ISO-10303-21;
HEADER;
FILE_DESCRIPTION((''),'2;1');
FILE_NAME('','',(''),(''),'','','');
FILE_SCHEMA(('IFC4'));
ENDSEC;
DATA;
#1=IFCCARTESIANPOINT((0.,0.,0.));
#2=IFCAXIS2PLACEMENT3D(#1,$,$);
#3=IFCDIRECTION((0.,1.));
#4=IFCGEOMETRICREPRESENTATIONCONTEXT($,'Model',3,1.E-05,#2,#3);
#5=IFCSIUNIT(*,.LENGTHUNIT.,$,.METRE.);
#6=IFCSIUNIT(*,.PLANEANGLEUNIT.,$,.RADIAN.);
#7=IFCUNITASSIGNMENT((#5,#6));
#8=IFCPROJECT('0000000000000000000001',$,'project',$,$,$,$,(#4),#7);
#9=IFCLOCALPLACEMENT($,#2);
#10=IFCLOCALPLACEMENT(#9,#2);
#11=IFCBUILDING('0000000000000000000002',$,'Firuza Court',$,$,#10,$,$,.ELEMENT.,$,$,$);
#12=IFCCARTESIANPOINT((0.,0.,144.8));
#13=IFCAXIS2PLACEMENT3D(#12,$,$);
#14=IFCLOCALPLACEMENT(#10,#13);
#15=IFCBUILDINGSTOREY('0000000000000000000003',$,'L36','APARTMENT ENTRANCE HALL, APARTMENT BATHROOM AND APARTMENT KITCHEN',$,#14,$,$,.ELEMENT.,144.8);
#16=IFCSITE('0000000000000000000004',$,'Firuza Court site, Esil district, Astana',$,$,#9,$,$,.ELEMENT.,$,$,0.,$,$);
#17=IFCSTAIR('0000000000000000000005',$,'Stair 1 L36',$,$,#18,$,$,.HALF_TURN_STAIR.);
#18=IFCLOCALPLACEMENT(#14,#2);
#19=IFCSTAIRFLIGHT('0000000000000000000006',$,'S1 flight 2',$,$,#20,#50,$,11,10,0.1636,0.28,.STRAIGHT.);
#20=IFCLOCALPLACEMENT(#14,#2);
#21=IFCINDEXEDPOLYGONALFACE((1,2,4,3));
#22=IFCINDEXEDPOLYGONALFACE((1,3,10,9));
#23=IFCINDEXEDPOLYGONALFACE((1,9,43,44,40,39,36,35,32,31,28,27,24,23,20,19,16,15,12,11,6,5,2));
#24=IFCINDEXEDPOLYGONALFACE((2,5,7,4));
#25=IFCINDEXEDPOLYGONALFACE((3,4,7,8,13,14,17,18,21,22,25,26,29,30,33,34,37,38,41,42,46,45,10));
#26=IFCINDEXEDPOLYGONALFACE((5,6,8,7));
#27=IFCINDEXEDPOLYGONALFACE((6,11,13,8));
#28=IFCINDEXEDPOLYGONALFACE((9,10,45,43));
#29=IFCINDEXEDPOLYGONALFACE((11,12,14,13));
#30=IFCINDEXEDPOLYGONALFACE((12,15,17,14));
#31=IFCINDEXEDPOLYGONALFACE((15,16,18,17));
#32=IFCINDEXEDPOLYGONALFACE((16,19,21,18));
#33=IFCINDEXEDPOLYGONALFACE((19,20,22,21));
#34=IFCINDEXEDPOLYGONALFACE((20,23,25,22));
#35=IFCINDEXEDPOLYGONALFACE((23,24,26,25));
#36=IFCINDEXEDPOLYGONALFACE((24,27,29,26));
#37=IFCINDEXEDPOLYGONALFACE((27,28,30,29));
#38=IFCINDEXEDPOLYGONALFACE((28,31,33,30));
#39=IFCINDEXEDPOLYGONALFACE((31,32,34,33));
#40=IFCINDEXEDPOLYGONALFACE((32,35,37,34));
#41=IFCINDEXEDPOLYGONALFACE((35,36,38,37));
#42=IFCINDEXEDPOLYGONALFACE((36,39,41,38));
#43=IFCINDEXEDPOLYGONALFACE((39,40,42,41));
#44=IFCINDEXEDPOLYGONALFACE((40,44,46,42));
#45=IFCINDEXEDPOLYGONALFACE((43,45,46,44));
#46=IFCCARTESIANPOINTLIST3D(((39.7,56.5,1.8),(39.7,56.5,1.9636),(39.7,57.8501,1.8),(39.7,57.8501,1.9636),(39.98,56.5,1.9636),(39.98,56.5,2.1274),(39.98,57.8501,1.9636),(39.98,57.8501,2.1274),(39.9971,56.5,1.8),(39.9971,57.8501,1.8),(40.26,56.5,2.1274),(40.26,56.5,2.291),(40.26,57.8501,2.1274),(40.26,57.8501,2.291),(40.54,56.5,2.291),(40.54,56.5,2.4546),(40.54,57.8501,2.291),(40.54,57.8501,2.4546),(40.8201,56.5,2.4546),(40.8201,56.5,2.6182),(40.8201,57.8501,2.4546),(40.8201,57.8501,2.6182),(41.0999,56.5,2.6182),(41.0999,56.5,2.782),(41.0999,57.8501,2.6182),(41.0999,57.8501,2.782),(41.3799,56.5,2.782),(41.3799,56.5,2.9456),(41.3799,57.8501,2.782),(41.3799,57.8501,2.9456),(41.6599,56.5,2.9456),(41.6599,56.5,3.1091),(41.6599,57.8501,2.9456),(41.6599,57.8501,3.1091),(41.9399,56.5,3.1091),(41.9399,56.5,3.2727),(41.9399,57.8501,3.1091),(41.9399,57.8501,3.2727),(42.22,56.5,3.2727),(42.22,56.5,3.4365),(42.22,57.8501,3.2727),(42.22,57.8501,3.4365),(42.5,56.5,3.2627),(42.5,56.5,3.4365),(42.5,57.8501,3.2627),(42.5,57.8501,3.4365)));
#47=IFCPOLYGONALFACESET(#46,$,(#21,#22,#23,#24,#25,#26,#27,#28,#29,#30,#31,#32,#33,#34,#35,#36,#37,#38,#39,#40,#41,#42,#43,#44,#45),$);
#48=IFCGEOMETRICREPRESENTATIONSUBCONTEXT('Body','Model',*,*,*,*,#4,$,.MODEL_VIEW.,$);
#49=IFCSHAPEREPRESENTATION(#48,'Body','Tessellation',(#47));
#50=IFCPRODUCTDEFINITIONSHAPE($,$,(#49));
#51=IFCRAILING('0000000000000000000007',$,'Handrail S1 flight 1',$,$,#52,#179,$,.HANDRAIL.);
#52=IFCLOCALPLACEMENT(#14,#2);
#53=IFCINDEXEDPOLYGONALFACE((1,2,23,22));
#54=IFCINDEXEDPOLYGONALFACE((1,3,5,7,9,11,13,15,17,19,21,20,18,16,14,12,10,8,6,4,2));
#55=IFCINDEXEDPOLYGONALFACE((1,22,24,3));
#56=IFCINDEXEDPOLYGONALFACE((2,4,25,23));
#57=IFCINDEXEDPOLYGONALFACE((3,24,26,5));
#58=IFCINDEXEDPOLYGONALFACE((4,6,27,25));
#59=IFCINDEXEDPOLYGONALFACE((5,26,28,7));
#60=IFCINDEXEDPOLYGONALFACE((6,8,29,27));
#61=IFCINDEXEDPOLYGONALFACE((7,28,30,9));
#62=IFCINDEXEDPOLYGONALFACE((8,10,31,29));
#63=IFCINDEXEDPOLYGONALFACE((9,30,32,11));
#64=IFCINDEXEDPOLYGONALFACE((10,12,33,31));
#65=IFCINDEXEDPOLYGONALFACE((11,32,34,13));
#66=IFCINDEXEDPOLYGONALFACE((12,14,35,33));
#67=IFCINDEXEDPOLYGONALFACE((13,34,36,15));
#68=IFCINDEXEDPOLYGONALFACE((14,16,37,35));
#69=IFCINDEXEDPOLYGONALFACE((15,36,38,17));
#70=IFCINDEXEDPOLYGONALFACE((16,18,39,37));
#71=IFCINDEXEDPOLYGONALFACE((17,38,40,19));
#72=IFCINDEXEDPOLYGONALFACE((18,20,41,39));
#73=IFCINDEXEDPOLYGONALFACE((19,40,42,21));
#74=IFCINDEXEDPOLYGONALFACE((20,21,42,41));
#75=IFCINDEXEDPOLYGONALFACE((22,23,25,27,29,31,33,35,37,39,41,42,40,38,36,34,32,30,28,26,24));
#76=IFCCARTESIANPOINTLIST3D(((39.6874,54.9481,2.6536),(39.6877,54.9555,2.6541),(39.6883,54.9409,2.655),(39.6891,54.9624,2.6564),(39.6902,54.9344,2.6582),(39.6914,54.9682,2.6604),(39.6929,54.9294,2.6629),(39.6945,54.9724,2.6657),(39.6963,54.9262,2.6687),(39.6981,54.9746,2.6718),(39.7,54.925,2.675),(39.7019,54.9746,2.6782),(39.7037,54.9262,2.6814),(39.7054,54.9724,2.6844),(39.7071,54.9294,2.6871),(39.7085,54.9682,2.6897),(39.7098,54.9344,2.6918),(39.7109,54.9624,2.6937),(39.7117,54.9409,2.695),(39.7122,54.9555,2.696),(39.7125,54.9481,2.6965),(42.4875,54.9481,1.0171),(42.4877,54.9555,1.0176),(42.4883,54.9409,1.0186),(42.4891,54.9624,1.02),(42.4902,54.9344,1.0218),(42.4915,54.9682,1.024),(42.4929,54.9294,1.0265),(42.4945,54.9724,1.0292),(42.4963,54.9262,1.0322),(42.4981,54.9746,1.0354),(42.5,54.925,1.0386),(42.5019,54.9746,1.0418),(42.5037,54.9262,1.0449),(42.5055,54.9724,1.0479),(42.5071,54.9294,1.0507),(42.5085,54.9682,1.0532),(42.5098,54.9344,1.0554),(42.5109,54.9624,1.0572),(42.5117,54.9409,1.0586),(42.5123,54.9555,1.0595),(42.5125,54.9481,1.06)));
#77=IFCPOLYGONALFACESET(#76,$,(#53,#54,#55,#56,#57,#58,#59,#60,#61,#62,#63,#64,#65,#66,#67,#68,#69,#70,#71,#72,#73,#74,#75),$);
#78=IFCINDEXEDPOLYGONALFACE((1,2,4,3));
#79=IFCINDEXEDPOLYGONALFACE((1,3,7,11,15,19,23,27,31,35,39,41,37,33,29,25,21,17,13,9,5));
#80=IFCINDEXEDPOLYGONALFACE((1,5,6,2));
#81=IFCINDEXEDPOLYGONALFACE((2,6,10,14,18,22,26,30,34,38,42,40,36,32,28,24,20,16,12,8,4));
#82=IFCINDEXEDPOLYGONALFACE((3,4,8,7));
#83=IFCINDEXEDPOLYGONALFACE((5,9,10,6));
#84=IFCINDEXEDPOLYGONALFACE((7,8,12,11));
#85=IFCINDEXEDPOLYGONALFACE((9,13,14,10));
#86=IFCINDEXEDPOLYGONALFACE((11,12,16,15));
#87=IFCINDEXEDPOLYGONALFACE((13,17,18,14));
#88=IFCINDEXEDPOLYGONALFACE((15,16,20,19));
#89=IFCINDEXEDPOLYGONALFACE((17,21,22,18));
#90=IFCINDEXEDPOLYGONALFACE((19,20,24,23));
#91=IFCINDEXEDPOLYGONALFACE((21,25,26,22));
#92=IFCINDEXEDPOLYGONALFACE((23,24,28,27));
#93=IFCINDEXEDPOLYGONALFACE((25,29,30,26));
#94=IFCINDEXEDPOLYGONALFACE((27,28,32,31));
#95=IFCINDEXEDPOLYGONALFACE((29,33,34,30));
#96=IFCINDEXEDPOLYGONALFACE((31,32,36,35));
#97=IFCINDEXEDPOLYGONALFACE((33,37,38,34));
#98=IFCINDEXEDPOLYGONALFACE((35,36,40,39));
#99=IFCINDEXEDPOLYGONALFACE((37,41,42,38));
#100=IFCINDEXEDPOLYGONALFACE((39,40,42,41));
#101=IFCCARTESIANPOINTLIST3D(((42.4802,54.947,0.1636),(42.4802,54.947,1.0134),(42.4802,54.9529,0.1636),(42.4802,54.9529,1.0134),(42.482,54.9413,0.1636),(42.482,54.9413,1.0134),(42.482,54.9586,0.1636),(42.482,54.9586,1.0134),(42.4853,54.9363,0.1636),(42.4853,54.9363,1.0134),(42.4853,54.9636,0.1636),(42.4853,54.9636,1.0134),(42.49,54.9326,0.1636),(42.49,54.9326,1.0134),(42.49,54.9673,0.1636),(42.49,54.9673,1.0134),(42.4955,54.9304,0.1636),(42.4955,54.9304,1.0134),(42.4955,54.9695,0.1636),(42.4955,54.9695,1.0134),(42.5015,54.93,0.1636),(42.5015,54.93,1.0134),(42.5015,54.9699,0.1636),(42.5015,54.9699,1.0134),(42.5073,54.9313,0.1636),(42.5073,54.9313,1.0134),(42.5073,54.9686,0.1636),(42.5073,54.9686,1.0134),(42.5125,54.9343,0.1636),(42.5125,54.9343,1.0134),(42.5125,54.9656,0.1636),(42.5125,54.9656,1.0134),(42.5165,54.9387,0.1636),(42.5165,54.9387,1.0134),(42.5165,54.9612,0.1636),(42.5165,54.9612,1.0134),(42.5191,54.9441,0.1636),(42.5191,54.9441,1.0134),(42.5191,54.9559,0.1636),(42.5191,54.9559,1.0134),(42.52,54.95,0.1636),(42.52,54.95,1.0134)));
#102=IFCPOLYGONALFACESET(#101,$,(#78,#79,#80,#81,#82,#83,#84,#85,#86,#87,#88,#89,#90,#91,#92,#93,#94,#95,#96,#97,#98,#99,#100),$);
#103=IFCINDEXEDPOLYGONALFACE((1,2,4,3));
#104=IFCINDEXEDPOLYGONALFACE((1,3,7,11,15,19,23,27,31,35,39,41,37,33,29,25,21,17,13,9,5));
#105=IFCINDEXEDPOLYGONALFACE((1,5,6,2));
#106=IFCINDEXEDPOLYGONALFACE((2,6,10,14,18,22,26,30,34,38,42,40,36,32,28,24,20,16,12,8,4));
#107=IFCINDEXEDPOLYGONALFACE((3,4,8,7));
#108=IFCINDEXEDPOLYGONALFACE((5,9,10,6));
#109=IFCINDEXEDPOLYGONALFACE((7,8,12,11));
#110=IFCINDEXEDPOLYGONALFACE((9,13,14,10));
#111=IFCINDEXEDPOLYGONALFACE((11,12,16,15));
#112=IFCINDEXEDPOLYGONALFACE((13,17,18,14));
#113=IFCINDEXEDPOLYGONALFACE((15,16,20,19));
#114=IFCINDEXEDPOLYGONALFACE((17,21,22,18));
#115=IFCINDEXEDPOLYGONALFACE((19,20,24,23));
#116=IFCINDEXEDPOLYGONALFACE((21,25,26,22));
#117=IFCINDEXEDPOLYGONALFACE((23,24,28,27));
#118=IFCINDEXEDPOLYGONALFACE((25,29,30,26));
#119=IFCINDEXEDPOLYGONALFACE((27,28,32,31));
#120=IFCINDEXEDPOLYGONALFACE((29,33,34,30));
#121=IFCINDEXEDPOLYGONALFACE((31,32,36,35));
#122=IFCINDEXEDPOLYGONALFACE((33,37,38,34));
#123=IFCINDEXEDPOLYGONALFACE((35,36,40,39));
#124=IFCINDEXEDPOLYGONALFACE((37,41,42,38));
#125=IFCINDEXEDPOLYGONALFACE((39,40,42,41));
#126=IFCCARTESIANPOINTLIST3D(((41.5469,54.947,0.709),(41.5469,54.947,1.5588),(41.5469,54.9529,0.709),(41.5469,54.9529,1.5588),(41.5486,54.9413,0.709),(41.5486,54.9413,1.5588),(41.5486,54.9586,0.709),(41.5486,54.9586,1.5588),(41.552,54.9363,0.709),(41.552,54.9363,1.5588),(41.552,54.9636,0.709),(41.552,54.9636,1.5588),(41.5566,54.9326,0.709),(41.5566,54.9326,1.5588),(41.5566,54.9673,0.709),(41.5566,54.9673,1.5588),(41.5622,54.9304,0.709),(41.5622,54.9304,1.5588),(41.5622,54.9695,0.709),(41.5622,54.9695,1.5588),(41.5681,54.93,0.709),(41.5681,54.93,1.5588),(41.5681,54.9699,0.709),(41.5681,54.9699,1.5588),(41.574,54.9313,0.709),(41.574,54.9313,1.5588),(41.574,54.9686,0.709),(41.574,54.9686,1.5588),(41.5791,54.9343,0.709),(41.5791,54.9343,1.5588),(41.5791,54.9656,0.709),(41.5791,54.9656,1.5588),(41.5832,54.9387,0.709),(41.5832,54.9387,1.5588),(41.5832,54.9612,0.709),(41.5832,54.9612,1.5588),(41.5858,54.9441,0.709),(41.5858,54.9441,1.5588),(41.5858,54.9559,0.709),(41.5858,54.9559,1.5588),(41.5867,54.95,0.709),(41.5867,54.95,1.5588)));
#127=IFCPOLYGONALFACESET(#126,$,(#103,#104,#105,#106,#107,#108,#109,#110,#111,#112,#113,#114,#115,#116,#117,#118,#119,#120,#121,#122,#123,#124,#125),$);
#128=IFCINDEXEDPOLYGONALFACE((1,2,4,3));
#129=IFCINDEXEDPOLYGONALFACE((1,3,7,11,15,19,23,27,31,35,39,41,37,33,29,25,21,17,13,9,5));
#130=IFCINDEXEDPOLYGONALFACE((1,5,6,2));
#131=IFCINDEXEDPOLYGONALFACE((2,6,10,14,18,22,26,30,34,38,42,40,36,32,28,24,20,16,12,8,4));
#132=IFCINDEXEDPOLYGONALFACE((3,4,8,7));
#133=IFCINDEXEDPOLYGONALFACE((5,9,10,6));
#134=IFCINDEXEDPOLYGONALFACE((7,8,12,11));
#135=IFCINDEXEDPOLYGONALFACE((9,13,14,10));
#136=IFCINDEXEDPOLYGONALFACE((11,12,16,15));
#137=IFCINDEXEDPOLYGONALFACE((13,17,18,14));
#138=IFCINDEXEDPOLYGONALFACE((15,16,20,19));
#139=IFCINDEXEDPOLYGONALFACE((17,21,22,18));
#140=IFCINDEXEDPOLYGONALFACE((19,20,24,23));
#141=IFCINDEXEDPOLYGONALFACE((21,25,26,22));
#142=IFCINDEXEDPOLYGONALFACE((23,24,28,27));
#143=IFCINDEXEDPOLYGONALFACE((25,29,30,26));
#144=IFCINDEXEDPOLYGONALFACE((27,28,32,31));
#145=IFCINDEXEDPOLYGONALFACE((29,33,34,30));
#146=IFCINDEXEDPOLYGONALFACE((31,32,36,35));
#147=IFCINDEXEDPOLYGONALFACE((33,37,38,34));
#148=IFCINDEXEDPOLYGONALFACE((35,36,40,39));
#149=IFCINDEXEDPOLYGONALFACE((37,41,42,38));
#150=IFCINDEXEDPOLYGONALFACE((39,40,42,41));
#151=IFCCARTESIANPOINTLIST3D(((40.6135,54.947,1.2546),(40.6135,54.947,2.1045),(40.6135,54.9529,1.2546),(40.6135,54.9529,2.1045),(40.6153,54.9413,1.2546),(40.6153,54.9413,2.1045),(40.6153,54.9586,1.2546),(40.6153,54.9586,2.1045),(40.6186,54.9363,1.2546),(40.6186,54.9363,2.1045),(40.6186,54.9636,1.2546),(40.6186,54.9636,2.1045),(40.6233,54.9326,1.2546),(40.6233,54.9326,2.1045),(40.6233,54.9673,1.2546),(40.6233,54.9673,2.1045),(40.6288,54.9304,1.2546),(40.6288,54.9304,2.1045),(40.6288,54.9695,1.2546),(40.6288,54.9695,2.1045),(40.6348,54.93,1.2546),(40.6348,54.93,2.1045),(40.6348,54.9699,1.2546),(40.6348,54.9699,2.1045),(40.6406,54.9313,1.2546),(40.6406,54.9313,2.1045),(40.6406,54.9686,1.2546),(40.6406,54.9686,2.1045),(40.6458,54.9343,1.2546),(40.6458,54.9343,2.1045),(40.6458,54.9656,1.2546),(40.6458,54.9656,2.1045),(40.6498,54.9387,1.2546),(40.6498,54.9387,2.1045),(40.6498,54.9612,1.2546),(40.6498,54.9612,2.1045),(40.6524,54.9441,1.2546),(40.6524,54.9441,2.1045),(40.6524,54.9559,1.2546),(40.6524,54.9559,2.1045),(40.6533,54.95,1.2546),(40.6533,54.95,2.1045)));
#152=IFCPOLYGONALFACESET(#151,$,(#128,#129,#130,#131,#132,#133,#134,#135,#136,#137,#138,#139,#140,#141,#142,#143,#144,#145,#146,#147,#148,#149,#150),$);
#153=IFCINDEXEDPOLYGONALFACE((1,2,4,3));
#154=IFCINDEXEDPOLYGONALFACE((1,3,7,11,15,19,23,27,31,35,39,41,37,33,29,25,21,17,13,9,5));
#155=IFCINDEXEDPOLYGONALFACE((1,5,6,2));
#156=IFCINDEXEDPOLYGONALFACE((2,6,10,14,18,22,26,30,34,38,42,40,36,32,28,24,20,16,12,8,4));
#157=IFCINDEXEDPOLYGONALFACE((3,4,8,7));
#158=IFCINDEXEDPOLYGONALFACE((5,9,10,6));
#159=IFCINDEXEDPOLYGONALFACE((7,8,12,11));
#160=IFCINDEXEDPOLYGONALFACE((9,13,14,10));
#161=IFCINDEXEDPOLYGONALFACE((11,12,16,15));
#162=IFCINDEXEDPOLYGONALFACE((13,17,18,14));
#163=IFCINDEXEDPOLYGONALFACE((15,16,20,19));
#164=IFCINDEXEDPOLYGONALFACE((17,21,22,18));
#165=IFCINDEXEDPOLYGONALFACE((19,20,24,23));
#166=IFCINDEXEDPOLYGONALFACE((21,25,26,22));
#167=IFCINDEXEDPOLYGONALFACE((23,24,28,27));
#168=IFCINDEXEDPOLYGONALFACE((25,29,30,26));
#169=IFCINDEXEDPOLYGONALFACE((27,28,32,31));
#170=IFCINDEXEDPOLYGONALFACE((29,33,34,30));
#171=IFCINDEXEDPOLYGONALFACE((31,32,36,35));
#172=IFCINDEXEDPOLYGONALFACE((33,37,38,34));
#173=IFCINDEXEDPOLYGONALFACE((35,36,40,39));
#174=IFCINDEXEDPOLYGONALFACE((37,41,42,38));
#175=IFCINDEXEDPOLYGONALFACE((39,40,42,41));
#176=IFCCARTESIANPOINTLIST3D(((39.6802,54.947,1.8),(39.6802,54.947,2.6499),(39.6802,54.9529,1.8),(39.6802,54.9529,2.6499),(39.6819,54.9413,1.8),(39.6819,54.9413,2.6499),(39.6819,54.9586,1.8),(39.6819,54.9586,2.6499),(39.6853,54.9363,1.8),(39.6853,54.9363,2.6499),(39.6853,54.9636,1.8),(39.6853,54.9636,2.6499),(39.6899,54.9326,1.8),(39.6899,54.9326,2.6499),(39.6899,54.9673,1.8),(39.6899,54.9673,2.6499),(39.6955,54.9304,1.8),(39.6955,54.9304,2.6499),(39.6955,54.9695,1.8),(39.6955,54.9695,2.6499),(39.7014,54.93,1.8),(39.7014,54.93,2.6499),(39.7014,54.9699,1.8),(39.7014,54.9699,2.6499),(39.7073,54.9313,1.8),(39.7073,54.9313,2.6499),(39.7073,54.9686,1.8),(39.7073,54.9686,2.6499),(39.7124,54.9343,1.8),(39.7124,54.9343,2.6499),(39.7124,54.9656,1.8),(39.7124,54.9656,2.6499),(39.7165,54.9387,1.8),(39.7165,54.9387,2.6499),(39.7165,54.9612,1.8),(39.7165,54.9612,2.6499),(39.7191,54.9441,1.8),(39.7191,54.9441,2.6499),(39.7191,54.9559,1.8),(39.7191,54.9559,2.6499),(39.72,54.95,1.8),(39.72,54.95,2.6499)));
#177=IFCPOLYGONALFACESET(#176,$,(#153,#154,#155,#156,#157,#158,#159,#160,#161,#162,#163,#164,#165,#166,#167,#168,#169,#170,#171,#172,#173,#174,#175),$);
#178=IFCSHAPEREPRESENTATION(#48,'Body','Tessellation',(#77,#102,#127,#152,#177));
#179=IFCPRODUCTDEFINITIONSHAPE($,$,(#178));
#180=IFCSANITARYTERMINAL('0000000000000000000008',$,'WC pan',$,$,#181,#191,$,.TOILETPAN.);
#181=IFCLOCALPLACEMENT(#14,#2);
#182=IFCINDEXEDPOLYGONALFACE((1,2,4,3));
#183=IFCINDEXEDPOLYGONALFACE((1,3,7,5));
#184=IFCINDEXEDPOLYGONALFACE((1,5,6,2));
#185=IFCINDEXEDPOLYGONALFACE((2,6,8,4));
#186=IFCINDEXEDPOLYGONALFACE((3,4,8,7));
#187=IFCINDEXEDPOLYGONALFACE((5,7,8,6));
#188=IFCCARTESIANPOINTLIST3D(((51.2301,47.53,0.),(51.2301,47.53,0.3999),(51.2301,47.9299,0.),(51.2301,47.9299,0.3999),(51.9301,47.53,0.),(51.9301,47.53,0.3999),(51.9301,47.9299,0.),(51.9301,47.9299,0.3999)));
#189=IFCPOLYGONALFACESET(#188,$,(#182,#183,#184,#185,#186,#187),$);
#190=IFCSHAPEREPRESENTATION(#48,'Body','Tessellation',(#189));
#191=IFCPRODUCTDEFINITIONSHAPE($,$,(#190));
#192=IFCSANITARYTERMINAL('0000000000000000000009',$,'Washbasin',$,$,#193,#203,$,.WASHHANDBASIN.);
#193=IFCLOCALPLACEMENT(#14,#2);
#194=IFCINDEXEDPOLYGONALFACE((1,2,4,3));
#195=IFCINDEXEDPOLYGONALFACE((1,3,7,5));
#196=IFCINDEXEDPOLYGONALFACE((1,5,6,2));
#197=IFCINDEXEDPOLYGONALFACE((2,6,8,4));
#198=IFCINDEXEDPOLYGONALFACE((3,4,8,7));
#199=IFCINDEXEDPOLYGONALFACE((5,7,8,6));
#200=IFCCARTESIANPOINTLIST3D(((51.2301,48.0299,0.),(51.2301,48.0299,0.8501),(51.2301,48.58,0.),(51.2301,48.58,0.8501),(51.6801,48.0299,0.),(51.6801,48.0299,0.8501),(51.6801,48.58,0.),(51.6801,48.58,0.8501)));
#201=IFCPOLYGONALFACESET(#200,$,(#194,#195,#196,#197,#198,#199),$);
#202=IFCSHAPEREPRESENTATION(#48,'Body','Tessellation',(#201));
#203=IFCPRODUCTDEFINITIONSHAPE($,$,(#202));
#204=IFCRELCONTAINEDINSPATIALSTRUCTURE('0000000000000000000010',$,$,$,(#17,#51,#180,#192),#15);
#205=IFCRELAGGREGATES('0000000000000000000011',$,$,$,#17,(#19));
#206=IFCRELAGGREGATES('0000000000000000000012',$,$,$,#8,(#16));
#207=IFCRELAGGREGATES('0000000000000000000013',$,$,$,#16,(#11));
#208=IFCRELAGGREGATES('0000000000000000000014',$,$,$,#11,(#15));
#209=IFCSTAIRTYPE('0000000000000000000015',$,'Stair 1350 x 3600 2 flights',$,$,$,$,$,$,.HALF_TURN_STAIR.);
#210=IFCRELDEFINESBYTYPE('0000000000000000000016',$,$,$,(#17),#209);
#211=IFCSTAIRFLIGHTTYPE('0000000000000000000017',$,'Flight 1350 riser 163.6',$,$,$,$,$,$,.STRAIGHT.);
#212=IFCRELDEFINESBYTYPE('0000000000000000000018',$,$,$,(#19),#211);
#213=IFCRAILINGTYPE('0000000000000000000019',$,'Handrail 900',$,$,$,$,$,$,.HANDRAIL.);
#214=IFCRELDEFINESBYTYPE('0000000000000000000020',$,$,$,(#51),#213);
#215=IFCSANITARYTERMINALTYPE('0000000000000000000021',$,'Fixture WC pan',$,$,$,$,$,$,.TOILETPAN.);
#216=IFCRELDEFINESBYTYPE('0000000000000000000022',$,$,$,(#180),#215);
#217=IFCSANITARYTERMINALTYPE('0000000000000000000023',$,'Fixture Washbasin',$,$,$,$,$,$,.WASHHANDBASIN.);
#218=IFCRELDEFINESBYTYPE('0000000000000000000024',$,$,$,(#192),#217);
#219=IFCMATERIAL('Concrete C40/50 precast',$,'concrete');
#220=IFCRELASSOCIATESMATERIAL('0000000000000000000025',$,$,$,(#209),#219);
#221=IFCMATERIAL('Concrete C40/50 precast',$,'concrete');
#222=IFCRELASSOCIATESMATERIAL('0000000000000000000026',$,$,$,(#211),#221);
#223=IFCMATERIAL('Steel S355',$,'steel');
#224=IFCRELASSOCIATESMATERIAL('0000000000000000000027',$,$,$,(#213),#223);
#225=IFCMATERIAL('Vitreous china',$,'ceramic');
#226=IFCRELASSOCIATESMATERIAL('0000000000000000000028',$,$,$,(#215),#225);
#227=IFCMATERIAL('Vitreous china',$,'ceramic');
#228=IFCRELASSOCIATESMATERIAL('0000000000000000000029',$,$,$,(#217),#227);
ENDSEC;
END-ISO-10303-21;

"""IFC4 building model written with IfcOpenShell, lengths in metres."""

from ifc_helpers import new_model, si_unit, direction, frame, origin, origin_2d, place, context, subcontext, project, spatial, polyline, rectangle, circle, outline, extrude, material, type_object, element, aggregate, save


model = new_model("IFC4")

# Units and contexts
model_context = context("Model", 3, precision=1e-05, world=origin(), true_north=direction((0.0, 1.0)))
body_context = subcontext(model_context, "Body", "Model", "MODEL_VIEW")
ifc_project = project(units=[si_unit("LENGTHUNIT", "METRE"), si_unit("PLANEANGLEUNIT", "RADIAN")], contexts=[model_context])

# Site, building, storey
site_placement = place(None, origin())
site = spatial("IfcSite", under=ifc_project, at=site_placement, Name="Firuza Court site, Esil district, Astana", CompositionType="ELEMENT", RefElevation=0.0)
building_placement = place(site_placement, origin())
building = spatial("IfcBuilding", under=site, at=building_placement, Name="Firuza Court", CompositionType="ELEMENT")
storey_placement = place(building_placement, frame((0.0, 0.0, 144.8)))
storey = spatial("IfcBuildingStorey", under=building, at=storey_placement, Name="L36", Description="APARTMENT ENTRANCE HALL, APARTMENT BATHROOM AND APARTMENT KITCHEN", CompositionType="ELEMENT", Elevation=144.8)

# Stair, stair flight
ifc_material_1 = material(Name="Concrete C40/50 precast", Category="concrete")
stair_type = type_object("IfcStairType", Name="Stair 1350 x 3600 2 flights", PredefinedType="HALF_TURN_STAIR", material=ifc_material_1)
stair_placement = place(storey_placement, origin())
stair = element("IfcStair", 1, at=stair_placement, inside=storey, type_object=stair_type, Name="Stair 1 L36", PredefinedType="HALF_TURN_STAIR")
ifc_material_2 = material(Name="Concrete C40/50 precast", Category="concrete")
stair_flight_type = type_object("IfcStairFlightType", Name="Flight 1350 riser 163.6", PredefinedType="STRAIGHT", material=ifc_material_2)
stair_flight_1_placement = place(storey_placement, frame((39.7, 57.175, 1.8), z_axis=(0.0, 0.0, 1.0), x_axis=(1.0, 0.0, 0.0)))
stair_flight_1 = element("IfcStairFlight", 2, at=stair_flight_1_placement, type_object=stair_flight_type, Name="S1 flight 2", NumberOfRisers=11, NumberOfTreads=10, PredefinedType="STRAIGHT", RiserHeight=0.1636, TreadLength=0.28, context=body_context, shape_type="SweptSolid", body=[
    extrude(outline(polyline([(0.0, 0.0), (0.0, 0.1636), (0.28, 0.1636), (0.28, 0.3274), (0.5601, 0.3274), (0.5601, 0.491), (0.8401, 0.491), (0.8401, 0.6545), (1.1201, 0.6545), (1.1201, 0.8181), (1.3999, 0.8181), (1.3999, 0.9819), (1.6799, 0.9819), (1.6799, 1.1455), (1.96, 1.1455), (1.96, 1.3091), (2.24, 1.3091), (2.24, 1.4727), (2.52, 1.4727), (2.52, 1.6365), (2.8, 1.6365), (2.8, 1.8), (2.8, 1.4626), (0.2971, 0.0), (0.0, 0.0)])), frame((0.0, 0.675, 0.0), z_axis=(0.0, -1.0, 0.0), x_axis=(1.0, 0.0, 0.0)), (0.0, 0.0, 1.0), 1.3501),
])
aggregate(stair, [stair_flight_1])

# Railing
ifc_material_3 = material(Name="Steel S355", Category="steel")
railing_type_1 = type_object("IfcRailingType", Name="Handrail 900", PredefinedType="HANDRAIL", material=ifc_material_3)
railing_1_placement = place(storey_placement, frame((42.5, 54.95, 0.1636)))
element("IfcRailing", 3, at=railing_1_placement, inside=storey, type_object=railing_type_1, Name="Handrail S1 flight 1", PredefinedType="HANDRAIL", context=body_context, shape_type="SweptSolid", body=[
    extrude(circle(Radius=0.0249, at=origin_2d()), frame((0.0, 0.0, 0.875), z_axis=(-0.863361, 0.0, 0.504587), x_axis=(0.0, -1.0, 0.0)), (0.0, 0.0, 1.0), 3.2432),
    extrude(circle(Radius=0.02, at=origin_2d()), origin(), (0.0, 0.0, 1.0), 0.8499),
    extrude(circle(Radius=0.02, at=origin_2d()), frame((-0.9333, 0.0, 0.5454)), (0.0, 0.0, 1.0), 0.8499),
    extrude(circle(Radius=0.02, at=origin_2d()), frame((-1.8667, 0.0, 1.0911)), (0.0, 0.0, 1.0), 0.8499),
    extrude(circle(Radius=0.02, at=origin_2d()), frame((-2.8, 0.0, 1.6365)), (0.0, 0.0, 1.0), 0.8499),
])

# Sanitary terminals
ifc_material_4 = material(Name="Vitreous china", Category="ceramic")
sanitary_terminal_type_1 = type_object("IfcSanitaryTerminalType", Name="Fixture WC pan", PredefinedType="TOILETPAN", material=ifc_material_4)
sanitary_terminal_1_placement = place(storey_placement, frame((51.5801, 47.73, 0.0), z_axis=(0.0, 0.0, 1.0), x_axis=(1.0, 0.0, 0.0)))
element("IfcSanitaryTerminal", 4, at=sanitary_terminal_1_placement, inside=storey, type_object=sanitary_terminal_type_1, Name="WC pan", PredefinedType="TOILETPAN", context=body_context, shape_type="SweptSolid", body=[
    extrude(rectangle(XDim=0.7, YDim=0.3999, at=origin_2d()), origin(), (0.0, 0.0, 1.0), 0.3999),
])
ifc_material_5 = material(Name="Vitreous china", Category="ceramic")
sanitary_terminal_type_2 = type_object("IfcSanitaryTerminalType", Name="Fixture Washbasin", PredefinedType="WASHHANDBASIN", material=ifc_material_5)
sanitary_terminal_2_placement = place(storey_placement, frame((51.4551, 48.3049, 0.0), z_axis=(0.0, 0.0, 1.0), x_axis=(1.0, 0.0, 0.0)))
element("IfcSanitaryTerminal", 5, at=sanitary_terminal_2_placement, inside=storey, type_object=sanitary_terminal_type_2, Name="Washbasin", PredefinedType="WASHHANDBASIN", context=body_context, shape_type="SweptSolid", body=[
    extrude(rectangle(XDim=0.45, YDim=0.55, at=origin_2d()), origin(), (0.0, 0.0, 1.0), 0.8501),
])

save(model, "model.ifc")
